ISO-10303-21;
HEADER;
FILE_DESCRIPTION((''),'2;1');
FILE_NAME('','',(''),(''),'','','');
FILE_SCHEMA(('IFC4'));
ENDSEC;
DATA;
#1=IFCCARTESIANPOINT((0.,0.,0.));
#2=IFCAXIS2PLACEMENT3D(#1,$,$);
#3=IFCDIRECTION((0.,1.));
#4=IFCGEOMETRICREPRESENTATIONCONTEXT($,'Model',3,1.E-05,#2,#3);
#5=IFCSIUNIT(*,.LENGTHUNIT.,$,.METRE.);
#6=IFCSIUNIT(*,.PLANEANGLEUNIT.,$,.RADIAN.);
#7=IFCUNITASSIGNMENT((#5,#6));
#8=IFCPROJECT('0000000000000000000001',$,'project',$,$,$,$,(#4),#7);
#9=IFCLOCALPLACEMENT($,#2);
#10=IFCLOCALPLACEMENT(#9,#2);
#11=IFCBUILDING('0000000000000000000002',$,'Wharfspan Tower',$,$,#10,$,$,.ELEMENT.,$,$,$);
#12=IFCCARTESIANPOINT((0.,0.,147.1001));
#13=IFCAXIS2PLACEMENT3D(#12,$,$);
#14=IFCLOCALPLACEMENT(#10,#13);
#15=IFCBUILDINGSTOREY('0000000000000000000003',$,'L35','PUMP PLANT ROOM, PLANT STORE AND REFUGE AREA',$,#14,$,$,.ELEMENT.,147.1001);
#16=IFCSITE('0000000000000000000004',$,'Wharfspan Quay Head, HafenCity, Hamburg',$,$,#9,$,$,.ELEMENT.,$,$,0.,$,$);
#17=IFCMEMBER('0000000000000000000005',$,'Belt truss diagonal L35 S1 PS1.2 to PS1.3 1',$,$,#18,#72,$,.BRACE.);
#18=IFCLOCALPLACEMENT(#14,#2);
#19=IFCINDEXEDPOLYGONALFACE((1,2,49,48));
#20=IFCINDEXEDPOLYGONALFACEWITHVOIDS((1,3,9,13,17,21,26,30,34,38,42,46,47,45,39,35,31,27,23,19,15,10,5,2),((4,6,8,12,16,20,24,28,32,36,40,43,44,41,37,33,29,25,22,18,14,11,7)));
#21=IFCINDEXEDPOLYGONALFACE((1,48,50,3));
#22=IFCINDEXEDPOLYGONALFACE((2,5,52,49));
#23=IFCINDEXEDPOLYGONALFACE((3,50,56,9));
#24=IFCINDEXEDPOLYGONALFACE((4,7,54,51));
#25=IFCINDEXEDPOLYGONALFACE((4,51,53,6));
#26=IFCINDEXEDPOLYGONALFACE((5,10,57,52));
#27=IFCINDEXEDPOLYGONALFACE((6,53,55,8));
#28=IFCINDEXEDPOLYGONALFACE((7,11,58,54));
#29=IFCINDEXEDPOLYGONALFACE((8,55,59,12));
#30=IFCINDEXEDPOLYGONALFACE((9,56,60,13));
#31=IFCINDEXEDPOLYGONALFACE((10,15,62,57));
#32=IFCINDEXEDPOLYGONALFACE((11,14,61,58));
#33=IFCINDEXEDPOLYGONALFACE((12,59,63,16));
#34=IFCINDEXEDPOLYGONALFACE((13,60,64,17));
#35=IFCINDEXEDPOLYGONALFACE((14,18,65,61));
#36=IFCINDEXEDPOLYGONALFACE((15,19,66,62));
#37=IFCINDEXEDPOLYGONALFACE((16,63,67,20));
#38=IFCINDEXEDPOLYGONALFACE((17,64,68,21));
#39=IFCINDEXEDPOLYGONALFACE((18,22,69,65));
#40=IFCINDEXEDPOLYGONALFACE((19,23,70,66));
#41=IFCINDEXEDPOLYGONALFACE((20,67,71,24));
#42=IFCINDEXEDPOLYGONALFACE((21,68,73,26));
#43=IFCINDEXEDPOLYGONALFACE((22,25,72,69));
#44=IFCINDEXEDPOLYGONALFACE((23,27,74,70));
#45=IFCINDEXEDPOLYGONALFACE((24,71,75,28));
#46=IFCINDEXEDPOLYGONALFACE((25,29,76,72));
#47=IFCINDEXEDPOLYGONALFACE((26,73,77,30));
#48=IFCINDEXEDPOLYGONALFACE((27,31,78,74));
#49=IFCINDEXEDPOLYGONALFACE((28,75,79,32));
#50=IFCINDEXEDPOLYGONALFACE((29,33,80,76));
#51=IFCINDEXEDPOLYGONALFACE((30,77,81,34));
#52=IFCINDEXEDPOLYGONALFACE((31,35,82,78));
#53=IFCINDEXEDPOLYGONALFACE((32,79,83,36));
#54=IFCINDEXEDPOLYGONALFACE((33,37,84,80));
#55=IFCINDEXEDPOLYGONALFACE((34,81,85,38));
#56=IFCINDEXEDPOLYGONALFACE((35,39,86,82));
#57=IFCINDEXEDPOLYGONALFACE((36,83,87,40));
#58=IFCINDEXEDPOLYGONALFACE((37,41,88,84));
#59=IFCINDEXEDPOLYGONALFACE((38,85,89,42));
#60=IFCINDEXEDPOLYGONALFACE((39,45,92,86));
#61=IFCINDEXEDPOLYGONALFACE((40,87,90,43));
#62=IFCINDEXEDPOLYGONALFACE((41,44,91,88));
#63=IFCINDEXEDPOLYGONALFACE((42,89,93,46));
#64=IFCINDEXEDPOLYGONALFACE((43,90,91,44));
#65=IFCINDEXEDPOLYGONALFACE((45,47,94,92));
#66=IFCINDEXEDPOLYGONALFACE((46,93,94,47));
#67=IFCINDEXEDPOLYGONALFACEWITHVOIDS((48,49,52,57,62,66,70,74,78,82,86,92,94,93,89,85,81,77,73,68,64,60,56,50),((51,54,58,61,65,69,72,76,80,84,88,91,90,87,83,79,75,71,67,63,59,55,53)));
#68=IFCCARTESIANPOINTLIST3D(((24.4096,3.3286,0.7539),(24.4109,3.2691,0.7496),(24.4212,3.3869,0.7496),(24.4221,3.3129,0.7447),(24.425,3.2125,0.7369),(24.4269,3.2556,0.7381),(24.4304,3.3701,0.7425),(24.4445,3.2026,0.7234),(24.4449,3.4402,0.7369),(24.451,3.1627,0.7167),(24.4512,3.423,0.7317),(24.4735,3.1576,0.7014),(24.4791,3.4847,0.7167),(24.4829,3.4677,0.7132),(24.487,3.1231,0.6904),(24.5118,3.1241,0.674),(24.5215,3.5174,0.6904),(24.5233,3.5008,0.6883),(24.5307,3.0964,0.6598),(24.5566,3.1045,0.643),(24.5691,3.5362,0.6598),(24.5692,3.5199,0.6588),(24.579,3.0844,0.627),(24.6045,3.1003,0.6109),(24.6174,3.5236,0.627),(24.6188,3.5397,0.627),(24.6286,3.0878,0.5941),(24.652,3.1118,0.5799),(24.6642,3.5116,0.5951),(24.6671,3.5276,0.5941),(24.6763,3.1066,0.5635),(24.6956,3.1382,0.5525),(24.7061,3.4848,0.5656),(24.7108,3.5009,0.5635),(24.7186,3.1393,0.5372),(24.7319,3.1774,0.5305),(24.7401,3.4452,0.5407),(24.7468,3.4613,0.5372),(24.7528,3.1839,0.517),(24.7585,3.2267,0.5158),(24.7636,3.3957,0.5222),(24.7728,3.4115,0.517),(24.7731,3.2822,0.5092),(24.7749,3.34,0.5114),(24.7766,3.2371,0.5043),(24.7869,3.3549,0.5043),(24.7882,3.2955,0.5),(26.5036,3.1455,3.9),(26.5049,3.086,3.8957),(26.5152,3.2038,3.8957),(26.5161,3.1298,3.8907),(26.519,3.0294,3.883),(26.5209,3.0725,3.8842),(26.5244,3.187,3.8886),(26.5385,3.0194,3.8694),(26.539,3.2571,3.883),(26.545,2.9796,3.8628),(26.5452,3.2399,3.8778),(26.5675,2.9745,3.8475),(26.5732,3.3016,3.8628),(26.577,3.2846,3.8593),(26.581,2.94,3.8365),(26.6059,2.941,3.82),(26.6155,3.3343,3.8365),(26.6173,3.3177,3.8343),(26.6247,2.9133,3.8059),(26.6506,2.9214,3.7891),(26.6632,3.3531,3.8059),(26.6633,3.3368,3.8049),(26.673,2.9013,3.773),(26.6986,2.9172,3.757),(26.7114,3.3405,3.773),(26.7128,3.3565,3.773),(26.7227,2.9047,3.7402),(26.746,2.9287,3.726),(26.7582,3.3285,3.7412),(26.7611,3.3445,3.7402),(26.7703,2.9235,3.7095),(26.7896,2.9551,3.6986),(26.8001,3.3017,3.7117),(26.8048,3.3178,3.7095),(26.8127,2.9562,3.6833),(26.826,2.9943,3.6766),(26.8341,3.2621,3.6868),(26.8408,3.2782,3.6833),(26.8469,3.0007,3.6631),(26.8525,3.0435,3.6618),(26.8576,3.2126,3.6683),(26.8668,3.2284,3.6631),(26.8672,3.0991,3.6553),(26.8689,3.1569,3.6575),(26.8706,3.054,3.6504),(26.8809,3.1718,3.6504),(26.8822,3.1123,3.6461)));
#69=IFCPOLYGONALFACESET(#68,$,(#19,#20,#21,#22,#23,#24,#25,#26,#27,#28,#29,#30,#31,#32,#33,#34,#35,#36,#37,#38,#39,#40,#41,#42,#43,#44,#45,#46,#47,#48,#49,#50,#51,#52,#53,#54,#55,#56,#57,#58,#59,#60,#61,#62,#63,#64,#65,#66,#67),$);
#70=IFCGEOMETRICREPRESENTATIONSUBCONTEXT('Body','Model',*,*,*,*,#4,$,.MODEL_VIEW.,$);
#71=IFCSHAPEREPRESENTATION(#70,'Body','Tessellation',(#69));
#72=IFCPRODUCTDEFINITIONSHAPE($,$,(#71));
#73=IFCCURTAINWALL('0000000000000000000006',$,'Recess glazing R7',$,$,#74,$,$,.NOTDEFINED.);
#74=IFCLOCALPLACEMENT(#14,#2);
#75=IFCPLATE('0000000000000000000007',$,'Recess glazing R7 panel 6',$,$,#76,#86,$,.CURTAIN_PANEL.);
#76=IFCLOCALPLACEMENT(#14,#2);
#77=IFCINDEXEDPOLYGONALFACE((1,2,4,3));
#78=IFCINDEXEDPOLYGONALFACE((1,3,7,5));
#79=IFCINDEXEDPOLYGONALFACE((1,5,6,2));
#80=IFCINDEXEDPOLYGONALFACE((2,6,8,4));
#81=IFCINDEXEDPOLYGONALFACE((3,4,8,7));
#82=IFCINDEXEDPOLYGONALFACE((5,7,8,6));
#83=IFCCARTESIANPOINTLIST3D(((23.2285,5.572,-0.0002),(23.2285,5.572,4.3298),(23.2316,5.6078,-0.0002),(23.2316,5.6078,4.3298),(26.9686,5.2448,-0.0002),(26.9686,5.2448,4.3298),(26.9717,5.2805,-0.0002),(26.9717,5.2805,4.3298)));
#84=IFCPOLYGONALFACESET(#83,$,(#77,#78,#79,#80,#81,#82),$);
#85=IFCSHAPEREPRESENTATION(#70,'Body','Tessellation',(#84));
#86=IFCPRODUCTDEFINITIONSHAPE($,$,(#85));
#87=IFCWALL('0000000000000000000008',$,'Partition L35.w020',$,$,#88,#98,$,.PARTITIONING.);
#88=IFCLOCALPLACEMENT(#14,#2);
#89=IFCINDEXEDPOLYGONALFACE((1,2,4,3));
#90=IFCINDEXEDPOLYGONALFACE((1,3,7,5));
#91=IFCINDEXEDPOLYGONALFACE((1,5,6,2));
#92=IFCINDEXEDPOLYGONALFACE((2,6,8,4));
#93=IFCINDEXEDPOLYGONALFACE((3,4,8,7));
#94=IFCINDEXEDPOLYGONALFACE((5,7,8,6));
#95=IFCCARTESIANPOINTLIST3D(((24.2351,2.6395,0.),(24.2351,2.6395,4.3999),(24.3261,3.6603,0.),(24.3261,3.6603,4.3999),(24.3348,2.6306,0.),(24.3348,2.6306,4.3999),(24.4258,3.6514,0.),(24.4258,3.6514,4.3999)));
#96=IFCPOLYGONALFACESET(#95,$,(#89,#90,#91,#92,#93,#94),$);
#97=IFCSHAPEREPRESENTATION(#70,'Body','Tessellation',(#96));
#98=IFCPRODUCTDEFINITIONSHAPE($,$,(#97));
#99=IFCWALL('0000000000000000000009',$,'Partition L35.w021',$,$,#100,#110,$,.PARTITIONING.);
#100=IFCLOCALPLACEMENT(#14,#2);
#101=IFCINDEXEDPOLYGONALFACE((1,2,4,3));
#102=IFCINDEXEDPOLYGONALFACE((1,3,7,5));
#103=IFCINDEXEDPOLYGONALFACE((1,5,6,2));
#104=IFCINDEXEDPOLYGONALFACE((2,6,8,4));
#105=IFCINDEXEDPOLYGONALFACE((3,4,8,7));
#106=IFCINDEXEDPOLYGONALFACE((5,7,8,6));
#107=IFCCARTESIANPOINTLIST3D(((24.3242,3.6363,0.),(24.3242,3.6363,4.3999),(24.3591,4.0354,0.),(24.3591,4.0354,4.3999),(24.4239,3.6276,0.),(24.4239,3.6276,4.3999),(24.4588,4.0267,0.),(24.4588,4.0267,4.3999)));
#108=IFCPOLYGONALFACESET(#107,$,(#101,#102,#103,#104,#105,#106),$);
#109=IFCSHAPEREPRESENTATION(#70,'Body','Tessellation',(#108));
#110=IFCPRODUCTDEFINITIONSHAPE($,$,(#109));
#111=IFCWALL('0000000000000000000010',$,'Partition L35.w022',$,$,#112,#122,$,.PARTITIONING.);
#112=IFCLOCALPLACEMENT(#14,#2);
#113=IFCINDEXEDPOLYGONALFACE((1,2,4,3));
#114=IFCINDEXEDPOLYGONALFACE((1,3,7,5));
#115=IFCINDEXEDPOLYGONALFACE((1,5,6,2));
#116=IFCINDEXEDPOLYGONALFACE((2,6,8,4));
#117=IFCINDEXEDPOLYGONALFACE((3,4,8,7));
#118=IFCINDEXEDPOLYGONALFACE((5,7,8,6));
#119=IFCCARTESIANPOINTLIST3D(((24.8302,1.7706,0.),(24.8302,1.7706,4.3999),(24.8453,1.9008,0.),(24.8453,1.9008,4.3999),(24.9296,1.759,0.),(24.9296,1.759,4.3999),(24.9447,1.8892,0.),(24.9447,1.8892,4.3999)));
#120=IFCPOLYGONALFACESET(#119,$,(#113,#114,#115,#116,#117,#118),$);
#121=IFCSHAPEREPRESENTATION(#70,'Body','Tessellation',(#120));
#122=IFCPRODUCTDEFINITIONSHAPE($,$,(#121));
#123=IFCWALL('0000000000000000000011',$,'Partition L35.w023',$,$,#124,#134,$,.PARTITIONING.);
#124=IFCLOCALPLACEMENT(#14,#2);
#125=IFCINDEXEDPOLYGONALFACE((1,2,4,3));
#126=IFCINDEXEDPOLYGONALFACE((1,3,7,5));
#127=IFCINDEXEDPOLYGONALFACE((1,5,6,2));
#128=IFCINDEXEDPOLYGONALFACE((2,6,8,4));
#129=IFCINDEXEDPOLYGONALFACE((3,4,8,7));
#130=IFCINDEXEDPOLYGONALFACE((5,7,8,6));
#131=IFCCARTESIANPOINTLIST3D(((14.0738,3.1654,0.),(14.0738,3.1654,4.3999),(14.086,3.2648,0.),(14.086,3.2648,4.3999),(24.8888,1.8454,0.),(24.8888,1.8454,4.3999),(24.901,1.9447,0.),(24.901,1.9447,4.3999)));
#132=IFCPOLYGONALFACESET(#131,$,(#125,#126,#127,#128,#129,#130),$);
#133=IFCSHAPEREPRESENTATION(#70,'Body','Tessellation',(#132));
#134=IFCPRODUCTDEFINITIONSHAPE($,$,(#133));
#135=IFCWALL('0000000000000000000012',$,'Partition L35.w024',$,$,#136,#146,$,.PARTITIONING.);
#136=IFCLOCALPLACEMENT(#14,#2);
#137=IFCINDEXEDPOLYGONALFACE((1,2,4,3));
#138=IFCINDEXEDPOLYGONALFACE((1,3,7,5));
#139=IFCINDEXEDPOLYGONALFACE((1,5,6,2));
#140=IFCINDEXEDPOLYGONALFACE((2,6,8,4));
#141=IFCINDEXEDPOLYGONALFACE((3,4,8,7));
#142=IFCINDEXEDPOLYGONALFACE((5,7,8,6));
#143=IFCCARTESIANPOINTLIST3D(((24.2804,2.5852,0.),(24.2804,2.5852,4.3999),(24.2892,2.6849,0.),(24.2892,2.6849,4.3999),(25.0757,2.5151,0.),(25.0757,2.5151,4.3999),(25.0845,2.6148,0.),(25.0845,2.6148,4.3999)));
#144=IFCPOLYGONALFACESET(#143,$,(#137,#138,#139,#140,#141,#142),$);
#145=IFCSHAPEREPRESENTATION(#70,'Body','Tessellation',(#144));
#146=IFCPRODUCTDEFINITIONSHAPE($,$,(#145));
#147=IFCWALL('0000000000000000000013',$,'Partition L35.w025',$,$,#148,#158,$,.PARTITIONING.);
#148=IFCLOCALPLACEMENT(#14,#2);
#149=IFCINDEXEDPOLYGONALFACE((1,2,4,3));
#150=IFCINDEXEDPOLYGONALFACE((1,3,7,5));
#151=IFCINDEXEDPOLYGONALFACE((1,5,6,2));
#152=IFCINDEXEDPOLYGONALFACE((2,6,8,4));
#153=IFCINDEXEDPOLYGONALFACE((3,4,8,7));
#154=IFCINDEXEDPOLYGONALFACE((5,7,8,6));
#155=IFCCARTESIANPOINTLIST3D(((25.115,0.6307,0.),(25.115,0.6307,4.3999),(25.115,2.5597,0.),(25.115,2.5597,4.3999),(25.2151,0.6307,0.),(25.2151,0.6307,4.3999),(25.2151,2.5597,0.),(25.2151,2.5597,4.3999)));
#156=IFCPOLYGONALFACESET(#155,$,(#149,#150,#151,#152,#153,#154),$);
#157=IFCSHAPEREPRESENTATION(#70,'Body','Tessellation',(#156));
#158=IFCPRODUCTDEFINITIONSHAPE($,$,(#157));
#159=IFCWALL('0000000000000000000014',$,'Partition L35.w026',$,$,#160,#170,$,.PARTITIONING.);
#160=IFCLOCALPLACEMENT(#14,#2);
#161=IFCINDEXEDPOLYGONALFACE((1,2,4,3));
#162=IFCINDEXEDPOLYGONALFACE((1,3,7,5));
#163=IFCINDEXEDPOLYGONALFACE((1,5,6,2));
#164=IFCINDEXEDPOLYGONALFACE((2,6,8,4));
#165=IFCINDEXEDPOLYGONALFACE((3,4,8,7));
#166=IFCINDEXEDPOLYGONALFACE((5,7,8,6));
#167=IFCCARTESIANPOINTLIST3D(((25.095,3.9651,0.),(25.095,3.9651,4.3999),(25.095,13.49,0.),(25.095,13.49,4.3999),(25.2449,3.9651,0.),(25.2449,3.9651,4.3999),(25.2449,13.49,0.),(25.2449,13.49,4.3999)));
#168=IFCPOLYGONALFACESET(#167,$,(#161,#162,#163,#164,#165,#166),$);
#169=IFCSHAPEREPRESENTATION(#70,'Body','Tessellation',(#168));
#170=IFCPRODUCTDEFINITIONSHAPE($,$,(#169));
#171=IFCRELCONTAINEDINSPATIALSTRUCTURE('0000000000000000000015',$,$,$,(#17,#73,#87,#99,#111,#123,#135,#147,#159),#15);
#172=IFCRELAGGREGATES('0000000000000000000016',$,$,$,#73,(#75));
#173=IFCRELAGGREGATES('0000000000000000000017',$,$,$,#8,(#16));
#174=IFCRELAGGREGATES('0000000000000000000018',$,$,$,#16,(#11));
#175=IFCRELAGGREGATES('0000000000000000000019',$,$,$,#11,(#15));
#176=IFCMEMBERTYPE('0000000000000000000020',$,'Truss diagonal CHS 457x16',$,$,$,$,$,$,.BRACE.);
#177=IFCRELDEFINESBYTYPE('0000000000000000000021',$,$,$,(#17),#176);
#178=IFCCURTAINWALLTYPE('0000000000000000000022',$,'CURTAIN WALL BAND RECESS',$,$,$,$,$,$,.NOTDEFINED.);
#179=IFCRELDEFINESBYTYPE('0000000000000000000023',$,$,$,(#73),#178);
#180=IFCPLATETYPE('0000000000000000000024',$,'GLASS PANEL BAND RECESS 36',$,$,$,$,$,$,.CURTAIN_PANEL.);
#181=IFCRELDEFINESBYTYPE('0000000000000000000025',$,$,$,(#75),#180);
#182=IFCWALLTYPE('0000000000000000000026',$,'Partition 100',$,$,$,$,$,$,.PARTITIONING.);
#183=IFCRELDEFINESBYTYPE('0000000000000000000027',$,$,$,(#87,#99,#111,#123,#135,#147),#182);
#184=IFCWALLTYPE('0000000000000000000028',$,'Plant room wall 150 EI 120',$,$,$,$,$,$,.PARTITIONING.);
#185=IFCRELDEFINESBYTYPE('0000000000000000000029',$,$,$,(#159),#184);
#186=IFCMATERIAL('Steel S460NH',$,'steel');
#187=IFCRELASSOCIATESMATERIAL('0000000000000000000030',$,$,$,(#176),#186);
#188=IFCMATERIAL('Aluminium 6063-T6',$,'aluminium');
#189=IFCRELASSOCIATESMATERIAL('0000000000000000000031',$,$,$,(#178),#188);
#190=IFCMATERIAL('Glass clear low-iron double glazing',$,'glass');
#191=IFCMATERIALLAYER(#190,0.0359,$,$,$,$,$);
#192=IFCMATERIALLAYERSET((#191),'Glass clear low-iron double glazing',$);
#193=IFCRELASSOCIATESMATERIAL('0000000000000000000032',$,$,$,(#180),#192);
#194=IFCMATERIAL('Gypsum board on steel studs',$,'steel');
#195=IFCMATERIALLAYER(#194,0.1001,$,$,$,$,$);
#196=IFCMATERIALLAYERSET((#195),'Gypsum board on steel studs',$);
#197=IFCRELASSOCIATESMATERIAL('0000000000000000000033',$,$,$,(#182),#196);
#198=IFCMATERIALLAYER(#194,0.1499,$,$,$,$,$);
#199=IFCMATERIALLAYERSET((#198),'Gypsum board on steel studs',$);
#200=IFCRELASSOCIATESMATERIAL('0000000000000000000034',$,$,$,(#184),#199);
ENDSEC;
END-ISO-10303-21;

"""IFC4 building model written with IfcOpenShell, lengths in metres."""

from ifc_helpers import new_model, si_unit, direction, frame, frame_2d, origin, origin_2d, place, context, subcontext, project, spatial, rectangle, hollow_circle, extrude, material, layer, layer_set, material_profile, profile_set, type_object, element, aggregate, save


model = new_model("IFC4")

# Units and contexts
model_context = context("Model", 3, precision=1e-05, world=origin(), true_north=direction((0.0, 1.0)))
body_context = subcontext(model_context, "Body", "Model", "MODEL_VIEW")
ifc_project = project(units=[si_unit("LENGTHUNIT", "METRE"), si_unit("PLANEANGLEUNIT", "RADIAN")], contexts=[model_context])

# Site, building, storey
site_placement = place(None, origin())
site = spatial("IfcSite", under=ifc_project, at=site_placement, Name="Wharfspan Quay Head, HafenCity, Hamburg", CompositionType="ELEMENT", RefElevation=0.0)
building_placement = place(site_placement, origin())
building = spatial("IfcBuilding", under=site, at=building_placement, Name="Wharfspan Tower", CompositionType="ELEMENT")
storey_placement = place(building_placement, frame((0.0, 0.0, 147.1001)))
storey = spatial("IfcBuildingStorey", under=building, at=storey_placement, Name="L35", Description="PUMP PLANT ROOM, PLANT STORE AND REFUGE AREA", CompositionType="ELEMENT", Elevation=147.1001)

# Member
ifc_material_1 = material(Name="Steel S460NH", Category="steel")
ifc_material_profile_1 = material_profile(ifc_material_1, hollow_circle(Radius=0.2285, WallThickness=0.0161, at=origin_2d()))
ifc_profile_set_1 = profile_set([ifc_material_profile_1], Name="Steel S460NH")
member_type_1 = type_object("IfcMemberType", Name="Truss diagonal CHS 457x16", PredefinedType="BRACE", material=ifc_profile_set_1)
member_1_placement = place(storey_placement, frame((24.5989, 3.312, 0.627), z_axis=(0.55344, -0.048395, 0.831482), x_axis=(0.087107, 0.996198, 0.000003)))
element("IfcMember", 1, at=member_1_placement, inside=storey, type_object=member_type_1, Name="Belt truss diagonal L35 S1 PS1.2 to PS1.3 1", PredefinedType="BRACE", context=body_context, shape_type="SweptSolid", body=[
    extrude(hollow_circle(Radius=0.2285, WallThickness=0.0161, at=origin_2d()), origin(), (0.0, 0.0, 1.0), 3.7837),
])

# Curtain wall, plate
ifc_material_2 = material(Name="Aluminium 6063-T6", Category="aluminium")
curtain_wall_type = type_object("IfcCurtainWallType", Name="CURTAIN WALL BAND RECESS", PredefinedType="NOTDEFINED", material=ifc_material_2)
curtain_wall_placement = place(storey_placement, origin())
curtain_wall = element("IfcCurtainWall", 2, at=curtain_wall_placement, inside=storey, type_object=curtain_wall_type, Name="Recess glazing R7", PredefinedType="NOTDEFINED")
ifc_material_3 = material(Name="Glass clear low-iron double glazing", Category="glass")
ifc_layer_1 = layer(ifc_material_3, 0.0359)
ifc_layer_set_1 = layer_set([ifc_layer_1], Name="Glass clear low-iron double glazing")
plate_type = type_object("IfcPlateType", Name="GLASS PANEL BAND RECESS 36", PredefinedType="CURTAIN_PANEL", material=ifc_layer_set_1)
plate_placement = place(storey_placement, frame((25.1001, 5.4263, -0.0002), z_axis=(0.0, 0.0, 1.0), x_axis=(-0.996198, 0.087156, 0.0)))
plate = element("IfcPlate", 3, at=plate_placement, type_object=plate_type, Name="Recess glazing R7 panel 6", PredefinedType="CURTAIN_PANEL", context=body_context, shape_type="SweptSolid", body=[
    extrude(rectangle(XDim=3.7544, YDim=0.0359, at=origin_2d()), origin(), (0.0, 0.0, 1.0), 4.3301),
])
aggregate(curtain_wall, [plate])

# Walls
ifc_material_4 = material(Name="Gypsum board on steel studs", Category="steel")
ifc_layer_2 = layer(ifc_material_4, 0.1001)
ifc_layer_set_2 = layer_set([ifc_layer_2], Name="Gypsum board on steel studs")
wall_type_1 = type_object("IfcWallType", Name="Partition 100", PredefinedType="PARTITIONING", material=ifc_layer_set_2)
wall_1_placement = place(storey_placement, frame((24.2849, 2.635, 0.0), z_axis=(0.0, 0.0, 1.0), x_axis=(0.08886, 0.996042, 0.0)))
element("IfcWall", 4, at=wall_1_placement, inside=storey, type_object=wall_type_1, Name="Partition L35.w020", PredefinedType="PARTITIONING", context=body_context, shape_type="SweptSolid", body=[
    extrude(rectangle(XDim=1.0249, YDim=0.1001, at=frame_2d((0.5125, 0.0))), origin(), (0.0, 0.0, 1.0), 4.3999),
])
wall_2_placement = place(storey_placement, frame((24.374, 3.6321, 0.0), z_axis=(0.0, 0.0, 1.0), x_axis=(0.087129, 0.996195, 0.0)))
element("IfcWall", 5, at=wall_2_placement, inside=storey, type_object=wall_type_1, Name="Partition L35.w021", PredefinedType="PARTITIONING", context=body_context, shape_type="SweptSolid", body=[
    extrude(rectangle(XDim=0.4006, YDim=0.1001, at=frame_2d((0.2002, 0.0))), origin(), (0.0, 0.0, 1.0), 4.3999),
])
wall_3_placement = place(storey_placement, frame((24.8799, 1.7649, 0.0), z_axis=(0.0, 0.0, 1.0), x_axis=(0.115544, 0.993306, 0.0)))
element("IfcWall", 6, at=wall_3_placement, inside=storey, type_object=wall_type_1, Name="Partition L35.w022", PredefinedType="PARTITIONING", context=body_context, shape_type="SweptSolid", body=[
    extrude(rectangle(XDim=0.1311, YDim=0.1001, at=frame_2d((0.0654, 0.0))), origin(), (0.0, 0.0, 1.0), 4.3999),
])
wall_4_placement = place(storey_placement, frame((24.895, 1.895, 0.0), z_axis=(0.0, 0.0, 1.0), x_axis=(-0.992629, 0.12116, 0.0)))
element("IfcWall", 7, at=wall_4_placement, inside=storey, type_object=wall_type_1, Name="Partition L35.w023", PredefinedType="PARTITIONING", context=body_context, shape_type="SweptSolid", body=[
    extrude(rectangle(XDim=10.8953, YDim=0.1001, at=frame_2d((5.4478, 0.0))), origin(), (0.0, 0.0, 1.0), 4.3999),
])
wall_5_placement = place(storey_placement, frame((25.0801, 2.5649, 0.0), z_axis=(0.0, 0.0, 1.0), x_axis=(-0.996143, 0.087778, 0.0)))
element("IfcWall", 8, at=wall_5_placement, inside=storey, type_object=wall_type_1, Name="Partition L35.w024", PredefinedType="PARTITIONING", context=body_context, shape_type="SweptSolid", body=[
    extrude(rectangle(XDim=0.7983, YDim=0.1001, at=frame_2d((0.3992, 0.0))), origin(), (0.0, 0.0, 1.0), 4.3999),
])
wall_6_placement = place(storey_placement, frame((25.165, 0.6309, 0.0), z_axis=(0.0, 0.0, 1.0), x_axis=(0.0, 1.0, 0.0)))
element("IfcWall", 9, at=wall_6_placement, inside=storey, type_object=wall_type_1, Name="Partition L35.w025", PredefinedType="PARTITIONING", context=body_context, shape_type="SweptSolid", body=[
    extrude(rectangle(XDim=1.929, YDim=0.1001, at=frame_2d((0.9644, 0.0))), origin(), (0.0, 0.0, 1.0), 4.3999),
])
ifc_layer_3 = layer(ifc_material_4, 0.1499)
ifc_layer_set_3 = layer_set([ifc_layer_3], Name="Gypsum board on steel studs")
wall_type_2 = type_object("IfcWallType", Name="Plant room wall 150 EI 120", PredefinedType="PARTITIONING", material=ifc_layer_set_3)
wall_7_placement = place(storey_placement, frame((25.1699, 3.9651, 0.0), z_axis=(0.0, 0.0, 1.0), x_axis=(0.0, 1.0, 0.0)))
element("IfcWall", 10, at=wall_7_placement, inside=storey, type_object=wall_type_2, Name="Partition L35.w026", PredefinedType="PARTITIONING", context=body_context, shape_type="SweptSolid", body=[
    extrude(rectangle(XDim=9.5249, YDim=0.1499, at=frame_2d((4.7625, 0.0))), origin(), (0.0, 0.0, 1.0), 4.3999),
])

save(model, "model.ifc")
